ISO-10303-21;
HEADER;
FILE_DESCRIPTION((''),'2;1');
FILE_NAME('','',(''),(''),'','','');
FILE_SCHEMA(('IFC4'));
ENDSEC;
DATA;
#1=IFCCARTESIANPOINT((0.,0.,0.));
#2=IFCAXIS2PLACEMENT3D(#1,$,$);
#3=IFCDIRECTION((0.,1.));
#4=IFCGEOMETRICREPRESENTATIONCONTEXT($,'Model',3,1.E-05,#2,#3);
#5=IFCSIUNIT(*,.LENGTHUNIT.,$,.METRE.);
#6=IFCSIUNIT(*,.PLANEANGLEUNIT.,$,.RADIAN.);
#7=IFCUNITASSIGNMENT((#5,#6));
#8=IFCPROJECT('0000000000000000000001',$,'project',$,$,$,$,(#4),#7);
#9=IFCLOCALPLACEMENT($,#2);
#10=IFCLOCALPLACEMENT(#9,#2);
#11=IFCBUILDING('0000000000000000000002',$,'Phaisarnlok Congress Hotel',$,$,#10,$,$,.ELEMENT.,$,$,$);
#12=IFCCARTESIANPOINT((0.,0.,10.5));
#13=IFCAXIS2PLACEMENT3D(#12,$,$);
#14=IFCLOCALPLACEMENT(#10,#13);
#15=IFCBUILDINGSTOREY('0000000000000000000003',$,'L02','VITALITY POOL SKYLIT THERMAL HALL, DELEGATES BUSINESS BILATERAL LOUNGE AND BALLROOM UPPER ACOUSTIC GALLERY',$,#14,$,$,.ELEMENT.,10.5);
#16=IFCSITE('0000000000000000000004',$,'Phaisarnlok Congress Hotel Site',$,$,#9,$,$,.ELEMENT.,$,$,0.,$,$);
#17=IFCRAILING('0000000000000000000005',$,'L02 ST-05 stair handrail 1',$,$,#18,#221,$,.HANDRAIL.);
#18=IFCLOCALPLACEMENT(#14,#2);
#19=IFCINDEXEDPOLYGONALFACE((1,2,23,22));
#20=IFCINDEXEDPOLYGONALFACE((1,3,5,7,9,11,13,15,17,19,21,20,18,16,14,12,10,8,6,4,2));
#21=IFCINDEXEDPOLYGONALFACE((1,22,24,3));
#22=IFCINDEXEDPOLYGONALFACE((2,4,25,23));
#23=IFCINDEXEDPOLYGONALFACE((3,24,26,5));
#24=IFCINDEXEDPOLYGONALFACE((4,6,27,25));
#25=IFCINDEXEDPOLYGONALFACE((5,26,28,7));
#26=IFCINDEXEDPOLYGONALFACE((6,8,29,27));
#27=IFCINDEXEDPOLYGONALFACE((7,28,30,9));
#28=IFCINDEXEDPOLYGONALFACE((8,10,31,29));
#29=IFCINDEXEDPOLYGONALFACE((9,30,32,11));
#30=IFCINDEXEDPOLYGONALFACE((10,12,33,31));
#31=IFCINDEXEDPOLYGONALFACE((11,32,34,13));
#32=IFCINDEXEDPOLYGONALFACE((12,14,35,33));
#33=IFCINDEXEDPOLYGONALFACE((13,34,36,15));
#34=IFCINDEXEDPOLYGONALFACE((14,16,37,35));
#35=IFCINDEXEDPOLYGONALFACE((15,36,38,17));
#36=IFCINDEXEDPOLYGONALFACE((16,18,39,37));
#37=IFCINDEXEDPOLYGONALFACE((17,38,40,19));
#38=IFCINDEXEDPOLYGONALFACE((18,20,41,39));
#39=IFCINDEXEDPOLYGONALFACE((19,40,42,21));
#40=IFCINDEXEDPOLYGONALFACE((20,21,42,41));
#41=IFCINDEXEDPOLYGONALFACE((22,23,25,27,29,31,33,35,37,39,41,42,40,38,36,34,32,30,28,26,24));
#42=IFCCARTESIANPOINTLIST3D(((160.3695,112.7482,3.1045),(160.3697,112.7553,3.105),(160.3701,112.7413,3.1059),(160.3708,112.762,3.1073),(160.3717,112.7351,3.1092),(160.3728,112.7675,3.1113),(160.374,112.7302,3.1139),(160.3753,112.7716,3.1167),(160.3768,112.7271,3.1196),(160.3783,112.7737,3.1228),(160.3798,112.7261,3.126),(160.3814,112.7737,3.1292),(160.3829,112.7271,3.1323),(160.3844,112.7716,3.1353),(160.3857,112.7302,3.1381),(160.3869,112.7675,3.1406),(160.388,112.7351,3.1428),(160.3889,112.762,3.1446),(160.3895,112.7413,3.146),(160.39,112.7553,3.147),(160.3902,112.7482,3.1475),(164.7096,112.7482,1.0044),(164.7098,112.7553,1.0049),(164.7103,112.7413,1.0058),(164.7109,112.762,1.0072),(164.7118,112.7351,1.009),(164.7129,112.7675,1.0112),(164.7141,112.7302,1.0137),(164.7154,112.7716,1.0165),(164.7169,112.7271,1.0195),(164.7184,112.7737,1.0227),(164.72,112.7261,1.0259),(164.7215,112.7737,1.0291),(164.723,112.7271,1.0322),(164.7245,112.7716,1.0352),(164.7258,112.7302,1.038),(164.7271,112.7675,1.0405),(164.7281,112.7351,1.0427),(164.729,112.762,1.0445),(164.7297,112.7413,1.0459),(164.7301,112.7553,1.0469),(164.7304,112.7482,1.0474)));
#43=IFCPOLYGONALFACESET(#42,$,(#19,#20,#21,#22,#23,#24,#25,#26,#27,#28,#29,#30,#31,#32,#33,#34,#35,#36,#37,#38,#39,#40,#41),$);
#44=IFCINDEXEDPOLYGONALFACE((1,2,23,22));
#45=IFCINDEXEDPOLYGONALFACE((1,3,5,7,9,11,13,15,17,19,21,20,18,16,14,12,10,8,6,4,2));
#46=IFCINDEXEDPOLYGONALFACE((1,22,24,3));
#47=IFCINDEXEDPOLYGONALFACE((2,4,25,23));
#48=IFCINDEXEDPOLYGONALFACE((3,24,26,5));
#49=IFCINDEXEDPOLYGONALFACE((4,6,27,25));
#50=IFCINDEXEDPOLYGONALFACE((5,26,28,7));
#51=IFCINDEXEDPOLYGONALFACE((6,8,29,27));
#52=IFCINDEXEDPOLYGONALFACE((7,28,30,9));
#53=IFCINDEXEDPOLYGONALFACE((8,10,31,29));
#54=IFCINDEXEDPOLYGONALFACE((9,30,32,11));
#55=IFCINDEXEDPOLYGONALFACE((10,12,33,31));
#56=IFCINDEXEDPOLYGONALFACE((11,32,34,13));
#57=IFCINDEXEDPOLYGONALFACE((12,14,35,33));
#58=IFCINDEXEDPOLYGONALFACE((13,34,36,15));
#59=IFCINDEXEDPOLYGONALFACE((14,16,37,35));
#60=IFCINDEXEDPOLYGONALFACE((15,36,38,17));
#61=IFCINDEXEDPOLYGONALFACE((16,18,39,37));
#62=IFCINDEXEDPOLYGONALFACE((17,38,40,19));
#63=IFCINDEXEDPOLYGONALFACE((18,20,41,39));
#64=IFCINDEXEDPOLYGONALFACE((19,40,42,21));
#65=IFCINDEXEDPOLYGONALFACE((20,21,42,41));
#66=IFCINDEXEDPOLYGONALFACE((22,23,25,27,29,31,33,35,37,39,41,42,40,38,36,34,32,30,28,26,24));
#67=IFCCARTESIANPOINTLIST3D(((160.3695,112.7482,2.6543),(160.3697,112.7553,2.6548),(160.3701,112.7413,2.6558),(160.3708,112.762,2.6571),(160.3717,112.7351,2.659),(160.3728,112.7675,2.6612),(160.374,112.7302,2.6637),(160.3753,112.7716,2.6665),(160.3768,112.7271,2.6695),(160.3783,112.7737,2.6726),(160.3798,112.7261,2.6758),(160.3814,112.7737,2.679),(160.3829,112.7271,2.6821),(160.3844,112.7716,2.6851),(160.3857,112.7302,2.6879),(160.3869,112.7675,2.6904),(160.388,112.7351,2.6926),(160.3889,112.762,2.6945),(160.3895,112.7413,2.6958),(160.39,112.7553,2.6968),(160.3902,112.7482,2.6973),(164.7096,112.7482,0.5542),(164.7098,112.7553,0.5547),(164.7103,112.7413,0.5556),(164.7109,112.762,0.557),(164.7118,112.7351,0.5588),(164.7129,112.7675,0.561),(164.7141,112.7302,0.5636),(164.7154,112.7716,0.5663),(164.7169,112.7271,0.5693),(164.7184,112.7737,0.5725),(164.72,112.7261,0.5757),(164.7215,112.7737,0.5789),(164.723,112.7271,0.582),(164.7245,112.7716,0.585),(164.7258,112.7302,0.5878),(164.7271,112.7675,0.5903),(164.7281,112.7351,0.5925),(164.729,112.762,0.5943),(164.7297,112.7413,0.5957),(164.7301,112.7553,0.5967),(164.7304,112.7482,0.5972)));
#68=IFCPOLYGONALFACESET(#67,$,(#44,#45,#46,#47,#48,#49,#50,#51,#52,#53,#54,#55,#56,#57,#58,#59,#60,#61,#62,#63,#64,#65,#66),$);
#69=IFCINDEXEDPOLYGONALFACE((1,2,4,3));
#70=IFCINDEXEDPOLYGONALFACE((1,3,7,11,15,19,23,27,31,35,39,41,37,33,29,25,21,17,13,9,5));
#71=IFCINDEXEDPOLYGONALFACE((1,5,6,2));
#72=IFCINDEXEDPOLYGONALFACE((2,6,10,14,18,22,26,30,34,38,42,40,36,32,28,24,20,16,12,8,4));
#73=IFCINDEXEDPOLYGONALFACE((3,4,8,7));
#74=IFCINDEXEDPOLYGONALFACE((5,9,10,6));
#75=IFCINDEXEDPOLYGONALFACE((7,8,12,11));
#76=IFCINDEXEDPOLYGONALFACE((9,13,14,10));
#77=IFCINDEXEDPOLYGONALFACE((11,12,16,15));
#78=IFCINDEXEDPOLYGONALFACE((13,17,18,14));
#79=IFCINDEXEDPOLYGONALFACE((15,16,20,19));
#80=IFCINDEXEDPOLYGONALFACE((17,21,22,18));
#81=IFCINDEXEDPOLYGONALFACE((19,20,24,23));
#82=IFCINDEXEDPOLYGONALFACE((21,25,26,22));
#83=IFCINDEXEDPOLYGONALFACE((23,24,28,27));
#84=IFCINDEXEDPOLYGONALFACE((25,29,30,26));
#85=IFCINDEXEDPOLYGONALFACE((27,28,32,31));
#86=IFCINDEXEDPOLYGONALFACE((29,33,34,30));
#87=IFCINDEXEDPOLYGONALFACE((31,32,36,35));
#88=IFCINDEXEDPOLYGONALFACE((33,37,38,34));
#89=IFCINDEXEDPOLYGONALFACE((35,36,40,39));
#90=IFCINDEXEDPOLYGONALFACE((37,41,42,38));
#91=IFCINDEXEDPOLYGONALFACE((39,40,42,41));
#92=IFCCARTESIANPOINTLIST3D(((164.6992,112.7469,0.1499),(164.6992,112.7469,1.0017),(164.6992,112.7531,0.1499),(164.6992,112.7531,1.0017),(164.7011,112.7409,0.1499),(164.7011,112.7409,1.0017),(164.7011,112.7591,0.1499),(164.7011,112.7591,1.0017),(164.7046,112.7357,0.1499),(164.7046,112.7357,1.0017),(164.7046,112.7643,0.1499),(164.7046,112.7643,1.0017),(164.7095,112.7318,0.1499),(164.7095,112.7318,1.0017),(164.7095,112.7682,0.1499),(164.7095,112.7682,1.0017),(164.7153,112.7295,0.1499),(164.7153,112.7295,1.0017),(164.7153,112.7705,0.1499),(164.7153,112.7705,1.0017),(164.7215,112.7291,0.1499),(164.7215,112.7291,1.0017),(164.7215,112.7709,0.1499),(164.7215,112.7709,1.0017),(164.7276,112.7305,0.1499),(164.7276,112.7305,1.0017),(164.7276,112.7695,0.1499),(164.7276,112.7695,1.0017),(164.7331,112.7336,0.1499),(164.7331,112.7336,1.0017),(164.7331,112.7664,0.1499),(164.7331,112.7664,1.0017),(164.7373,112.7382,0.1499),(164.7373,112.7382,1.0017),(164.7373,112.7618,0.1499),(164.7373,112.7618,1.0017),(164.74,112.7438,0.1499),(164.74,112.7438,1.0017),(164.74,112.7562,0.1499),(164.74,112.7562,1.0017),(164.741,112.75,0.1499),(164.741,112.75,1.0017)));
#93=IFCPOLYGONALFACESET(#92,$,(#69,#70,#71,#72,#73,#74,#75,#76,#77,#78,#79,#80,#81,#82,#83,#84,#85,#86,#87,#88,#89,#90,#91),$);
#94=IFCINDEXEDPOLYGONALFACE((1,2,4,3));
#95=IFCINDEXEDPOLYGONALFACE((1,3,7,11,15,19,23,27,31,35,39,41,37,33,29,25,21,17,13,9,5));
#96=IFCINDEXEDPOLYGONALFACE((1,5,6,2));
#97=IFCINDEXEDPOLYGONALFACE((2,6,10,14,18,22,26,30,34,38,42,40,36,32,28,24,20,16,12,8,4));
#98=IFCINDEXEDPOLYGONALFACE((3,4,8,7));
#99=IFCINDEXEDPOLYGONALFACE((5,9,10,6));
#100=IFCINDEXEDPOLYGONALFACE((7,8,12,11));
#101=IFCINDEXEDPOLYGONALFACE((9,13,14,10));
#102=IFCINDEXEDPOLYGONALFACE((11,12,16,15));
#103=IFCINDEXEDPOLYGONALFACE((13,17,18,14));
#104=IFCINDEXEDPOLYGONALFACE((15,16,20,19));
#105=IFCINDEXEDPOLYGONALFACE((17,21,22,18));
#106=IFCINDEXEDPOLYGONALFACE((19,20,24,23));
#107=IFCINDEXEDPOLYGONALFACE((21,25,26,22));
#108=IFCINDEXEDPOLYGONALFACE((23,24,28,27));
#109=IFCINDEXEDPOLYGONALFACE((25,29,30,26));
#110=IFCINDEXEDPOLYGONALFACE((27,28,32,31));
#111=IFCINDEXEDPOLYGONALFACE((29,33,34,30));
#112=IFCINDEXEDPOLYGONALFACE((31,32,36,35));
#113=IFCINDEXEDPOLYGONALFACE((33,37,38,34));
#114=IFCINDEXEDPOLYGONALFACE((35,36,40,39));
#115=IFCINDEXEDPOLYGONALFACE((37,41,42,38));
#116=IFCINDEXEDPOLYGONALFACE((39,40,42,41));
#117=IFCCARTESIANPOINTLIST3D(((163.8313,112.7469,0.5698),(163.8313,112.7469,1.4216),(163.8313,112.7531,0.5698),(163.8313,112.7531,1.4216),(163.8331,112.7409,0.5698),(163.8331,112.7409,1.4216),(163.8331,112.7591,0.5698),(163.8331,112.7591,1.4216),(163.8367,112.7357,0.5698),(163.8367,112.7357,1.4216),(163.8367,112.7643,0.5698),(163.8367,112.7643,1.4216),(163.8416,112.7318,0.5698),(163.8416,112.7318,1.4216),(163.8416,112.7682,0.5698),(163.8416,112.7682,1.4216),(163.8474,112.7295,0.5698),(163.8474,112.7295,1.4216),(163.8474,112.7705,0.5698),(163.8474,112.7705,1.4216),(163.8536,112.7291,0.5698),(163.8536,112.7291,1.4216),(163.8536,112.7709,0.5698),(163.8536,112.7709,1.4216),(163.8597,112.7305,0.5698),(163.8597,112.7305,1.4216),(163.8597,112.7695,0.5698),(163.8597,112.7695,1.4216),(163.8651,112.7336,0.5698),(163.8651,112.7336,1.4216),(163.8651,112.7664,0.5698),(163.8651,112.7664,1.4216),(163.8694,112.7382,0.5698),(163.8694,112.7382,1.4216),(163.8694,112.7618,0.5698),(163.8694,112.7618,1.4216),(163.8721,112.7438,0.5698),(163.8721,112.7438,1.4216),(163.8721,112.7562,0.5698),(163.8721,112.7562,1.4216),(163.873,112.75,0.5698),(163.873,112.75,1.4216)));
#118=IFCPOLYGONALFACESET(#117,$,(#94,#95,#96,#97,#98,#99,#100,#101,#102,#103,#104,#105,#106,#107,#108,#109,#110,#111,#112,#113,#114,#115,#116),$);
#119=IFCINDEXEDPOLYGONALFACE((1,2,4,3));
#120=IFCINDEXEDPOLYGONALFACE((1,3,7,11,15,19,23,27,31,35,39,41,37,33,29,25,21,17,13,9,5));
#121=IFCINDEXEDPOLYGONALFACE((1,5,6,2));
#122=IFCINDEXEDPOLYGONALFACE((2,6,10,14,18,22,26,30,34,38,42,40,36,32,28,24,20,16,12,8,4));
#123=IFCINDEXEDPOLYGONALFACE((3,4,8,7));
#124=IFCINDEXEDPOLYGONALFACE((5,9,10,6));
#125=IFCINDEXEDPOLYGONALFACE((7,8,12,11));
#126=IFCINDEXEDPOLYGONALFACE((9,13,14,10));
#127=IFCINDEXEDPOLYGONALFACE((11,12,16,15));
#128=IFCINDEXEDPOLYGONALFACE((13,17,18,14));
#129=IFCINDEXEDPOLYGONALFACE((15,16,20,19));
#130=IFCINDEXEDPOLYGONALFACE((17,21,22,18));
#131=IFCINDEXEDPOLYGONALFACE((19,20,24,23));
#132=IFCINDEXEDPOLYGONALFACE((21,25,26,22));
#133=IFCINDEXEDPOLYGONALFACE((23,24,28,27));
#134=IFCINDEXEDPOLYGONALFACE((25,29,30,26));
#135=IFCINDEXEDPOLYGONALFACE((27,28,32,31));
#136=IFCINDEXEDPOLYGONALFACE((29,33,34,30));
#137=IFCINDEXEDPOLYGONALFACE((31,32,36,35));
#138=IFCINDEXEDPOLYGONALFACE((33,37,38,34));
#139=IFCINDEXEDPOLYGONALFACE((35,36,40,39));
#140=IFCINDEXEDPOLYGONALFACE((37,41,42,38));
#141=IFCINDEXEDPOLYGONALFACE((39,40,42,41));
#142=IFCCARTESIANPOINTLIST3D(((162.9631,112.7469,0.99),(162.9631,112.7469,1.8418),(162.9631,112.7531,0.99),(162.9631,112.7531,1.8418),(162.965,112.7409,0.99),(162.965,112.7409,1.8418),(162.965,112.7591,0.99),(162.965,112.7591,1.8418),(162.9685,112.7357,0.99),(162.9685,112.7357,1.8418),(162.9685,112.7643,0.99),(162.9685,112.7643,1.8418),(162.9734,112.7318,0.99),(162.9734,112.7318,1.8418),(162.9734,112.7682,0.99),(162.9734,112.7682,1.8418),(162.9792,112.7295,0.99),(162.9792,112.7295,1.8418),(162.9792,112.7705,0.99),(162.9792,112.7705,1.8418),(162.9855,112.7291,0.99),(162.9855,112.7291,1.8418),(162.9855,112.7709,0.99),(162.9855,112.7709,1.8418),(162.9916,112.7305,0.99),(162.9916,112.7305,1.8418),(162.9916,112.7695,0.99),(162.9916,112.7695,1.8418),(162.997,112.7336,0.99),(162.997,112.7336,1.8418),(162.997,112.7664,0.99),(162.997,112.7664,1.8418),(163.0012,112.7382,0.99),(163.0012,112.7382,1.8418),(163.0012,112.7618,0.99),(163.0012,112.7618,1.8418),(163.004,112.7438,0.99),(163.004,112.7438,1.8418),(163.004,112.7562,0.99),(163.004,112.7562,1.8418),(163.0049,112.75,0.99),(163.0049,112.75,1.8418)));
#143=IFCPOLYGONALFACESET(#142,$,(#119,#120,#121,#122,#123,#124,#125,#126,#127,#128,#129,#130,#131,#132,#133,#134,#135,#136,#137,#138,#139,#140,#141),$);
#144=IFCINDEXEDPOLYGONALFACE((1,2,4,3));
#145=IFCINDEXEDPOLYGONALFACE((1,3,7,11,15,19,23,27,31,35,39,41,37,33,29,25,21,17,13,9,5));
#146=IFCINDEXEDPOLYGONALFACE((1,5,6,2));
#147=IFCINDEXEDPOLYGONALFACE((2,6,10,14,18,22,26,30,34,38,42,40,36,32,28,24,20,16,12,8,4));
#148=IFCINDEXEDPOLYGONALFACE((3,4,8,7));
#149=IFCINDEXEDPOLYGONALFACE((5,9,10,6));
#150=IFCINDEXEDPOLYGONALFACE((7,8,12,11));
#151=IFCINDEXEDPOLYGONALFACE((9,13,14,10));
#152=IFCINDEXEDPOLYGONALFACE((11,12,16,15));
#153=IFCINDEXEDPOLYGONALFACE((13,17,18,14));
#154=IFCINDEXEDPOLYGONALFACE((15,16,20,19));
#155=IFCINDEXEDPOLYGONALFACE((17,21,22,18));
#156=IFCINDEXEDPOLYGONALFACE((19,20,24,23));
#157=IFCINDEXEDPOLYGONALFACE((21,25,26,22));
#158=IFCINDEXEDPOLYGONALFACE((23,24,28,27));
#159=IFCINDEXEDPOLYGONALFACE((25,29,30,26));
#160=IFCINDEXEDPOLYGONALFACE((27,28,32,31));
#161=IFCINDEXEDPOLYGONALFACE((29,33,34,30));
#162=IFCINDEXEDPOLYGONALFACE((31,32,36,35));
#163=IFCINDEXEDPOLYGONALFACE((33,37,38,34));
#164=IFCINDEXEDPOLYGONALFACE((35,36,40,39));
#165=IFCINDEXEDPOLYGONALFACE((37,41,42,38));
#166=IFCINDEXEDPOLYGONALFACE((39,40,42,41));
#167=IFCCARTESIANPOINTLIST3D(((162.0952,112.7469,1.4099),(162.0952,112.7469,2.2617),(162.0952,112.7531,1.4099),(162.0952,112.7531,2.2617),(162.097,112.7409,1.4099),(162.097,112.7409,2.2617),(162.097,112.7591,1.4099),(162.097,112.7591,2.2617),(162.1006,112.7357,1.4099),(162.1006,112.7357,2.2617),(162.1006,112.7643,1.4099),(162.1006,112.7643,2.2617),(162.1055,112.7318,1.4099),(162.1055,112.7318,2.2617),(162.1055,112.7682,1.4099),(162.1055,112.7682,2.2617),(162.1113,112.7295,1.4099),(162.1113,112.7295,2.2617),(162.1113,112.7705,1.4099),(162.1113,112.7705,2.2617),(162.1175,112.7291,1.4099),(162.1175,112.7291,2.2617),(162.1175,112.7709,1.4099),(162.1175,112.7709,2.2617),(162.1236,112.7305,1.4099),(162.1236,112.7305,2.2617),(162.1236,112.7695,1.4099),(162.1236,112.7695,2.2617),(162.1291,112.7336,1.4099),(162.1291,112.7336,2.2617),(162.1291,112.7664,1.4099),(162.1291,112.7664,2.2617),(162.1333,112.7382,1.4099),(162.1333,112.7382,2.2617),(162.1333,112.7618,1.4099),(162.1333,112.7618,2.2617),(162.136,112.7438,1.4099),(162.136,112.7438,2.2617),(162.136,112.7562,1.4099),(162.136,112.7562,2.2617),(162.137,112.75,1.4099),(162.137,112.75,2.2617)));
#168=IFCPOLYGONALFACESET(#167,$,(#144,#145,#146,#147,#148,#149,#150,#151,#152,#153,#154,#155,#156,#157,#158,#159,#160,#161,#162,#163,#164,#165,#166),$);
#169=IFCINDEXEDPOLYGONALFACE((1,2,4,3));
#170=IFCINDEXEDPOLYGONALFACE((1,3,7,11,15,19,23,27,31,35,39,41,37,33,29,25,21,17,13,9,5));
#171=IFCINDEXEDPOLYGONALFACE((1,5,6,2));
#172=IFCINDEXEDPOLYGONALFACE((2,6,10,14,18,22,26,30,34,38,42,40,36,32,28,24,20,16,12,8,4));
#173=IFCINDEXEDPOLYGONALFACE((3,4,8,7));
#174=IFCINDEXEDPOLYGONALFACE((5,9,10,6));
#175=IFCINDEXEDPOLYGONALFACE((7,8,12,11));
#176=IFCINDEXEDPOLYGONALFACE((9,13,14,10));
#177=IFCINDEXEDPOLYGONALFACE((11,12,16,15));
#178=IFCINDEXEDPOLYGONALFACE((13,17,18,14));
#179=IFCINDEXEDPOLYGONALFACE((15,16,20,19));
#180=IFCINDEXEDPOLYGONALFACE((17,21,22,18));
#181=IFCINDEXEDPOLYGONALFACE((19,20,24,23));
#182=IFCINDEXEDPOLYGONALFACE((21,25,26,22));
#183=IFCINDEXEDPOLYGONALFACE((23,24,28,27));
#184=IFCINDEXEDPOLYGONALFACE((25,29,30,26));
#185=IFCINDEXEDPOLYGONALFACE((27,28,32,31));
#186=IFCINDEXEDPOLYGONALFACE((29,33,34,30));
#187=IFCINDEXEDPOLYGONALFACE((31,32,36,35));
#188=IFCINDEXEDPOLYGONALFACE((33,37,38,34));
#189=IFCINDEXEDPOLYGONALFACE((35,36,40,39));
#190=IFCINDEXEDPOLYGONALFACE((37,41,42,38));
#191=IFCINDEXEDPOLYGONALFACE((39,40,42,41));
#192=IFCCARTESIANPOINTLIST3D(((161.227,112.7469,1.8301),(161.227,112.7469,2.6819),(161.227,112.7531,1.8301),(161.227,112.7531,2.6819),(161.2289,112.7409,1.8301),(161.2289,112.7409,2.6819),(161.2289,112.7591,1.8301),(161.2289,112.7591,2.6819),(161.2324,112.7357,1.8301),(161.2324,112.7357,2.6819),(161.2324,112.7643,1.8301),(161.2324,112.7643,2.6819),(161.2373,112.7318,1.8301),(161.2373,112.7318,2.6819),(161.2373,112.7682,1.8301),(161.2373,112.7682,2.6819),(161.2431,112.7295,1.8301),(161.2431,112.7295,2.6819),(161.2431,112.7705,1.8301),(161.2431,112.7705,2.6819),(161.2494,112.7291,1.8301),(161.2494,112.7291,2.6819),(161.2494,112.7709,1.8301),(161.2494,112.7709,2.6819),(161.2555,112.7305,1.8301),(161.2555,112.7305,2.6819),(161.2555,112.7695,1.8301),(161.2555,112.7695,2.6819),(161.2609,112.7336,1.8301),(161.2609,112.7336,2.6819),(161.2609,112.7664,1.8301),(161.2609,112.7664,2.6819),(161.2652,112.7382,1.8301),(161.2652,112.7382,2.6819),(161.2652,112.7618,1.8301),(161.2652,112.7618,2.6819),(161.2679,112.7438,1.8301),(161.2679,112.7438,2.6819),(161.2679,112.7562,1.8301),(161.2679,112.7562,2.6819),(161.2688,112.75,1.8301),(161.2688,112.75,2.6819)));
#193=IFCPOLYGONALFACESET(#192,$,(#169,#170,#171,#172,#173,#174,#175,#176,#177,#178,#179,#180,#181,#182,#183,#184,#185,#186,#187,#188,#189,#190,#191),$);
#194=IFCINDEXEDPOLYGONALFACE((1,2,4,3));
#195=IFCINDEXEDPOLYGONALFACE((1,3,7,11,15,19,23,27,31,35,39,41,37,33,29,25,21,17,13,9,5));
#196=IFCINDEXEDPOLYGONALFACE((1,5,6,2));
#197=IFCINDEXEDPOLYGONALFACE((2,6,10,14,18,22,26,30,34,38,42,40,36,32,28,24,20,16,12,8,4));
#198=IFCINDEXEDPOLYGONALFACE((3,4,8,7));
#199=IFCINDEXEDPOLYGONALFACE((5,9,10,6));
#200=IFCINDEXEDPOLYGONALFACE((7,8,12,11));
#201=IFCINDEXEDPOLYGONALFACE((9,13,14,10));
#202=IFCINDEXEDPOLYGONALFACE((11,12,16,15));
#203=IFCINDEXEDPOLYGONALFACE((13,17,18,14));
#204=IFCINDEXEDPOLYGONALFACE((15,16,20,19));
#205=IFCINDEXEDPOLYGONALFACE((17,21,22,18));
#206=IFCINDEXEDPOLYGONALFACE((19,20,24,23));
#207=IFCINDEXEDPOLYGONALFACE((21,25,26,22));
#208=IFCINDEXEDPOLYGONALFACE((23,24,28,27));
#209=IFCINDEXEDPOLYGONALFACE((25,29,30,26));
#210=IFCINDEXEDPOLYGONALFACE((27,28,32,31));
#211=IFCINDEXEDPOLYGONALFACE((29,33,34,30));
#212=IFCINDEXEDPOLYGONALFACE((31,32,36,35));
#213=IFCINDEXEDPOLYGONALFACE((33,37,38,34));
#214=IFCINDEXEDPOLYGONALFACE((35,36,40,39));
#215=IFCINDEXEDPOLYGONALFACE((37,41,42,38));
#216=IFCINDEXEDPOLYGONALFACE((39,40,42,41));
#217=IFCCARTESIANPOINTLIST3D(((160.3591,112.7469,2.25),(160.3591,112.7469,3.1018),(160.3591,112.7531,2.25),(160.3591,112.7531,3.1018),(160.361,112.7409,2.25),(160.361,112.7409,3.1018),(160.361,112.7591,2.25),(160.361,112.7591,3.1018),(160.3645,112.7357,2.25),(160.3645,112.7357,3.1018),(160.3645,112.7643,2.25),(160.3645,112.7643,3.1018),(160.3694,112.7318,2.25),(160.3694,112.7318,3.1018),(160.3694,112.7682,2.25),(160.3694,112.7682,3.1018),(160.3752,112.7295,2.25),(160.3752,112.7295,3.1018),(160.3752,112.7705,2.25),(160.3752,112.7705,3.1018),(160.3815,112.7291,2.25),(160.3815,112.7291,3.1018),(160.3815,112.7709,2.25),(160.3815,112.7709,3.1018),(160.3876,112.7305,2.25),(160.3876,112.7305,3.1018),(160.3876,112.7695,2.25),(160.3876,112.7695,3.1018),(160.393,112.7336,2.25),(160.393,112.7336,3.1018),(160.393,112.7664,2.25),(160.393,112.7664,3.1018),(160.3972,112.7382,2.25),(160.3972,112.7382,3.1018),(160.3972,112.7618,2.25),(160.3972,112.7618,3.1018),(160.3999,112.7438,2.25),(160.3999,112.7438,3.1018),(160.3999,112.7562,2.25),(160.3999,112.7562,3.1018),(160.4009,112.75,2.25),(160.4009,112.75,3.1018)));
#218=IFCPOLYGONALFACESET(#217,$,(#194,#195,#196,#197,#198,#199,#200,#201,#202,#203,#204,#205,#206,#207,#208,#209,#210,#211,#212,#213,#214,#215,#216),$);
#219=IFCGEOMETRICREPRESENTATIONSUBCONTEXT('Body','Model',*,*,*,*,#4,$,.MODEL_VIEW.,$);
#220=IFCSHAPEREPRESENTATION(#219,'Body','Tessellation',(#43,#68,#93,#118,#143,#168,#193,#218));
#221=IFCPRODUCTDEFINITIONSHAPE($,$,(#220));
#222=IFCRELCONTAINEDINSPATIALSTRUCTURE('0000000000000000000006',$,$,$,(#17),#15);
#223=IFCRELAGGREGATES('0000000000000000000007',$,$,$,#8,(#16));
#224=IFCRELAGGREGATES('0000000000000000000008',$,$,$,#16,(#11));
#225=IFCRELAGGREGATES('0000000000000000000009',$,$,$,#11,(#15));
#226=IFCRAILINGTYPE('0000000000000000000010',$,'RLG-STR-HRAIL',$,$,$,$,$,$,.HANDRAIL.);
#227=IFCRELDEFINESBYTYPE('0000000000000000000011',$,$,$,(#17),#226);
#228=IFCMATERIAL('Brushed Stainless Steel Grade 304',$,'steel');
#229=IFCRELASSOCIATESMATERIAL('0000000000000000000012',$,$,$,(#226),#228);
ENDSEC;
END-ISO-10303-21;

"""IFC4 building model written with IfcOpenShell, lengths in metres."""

from ifc_helpers import new_model, si_unit, direction, frame, origin, origin_2d, place, context, subcontext, project, spatial, circle, extrude, material, type_object, element, save


model = new_model("IFC4")

# Units and contexts
model_context = context("Model", 3, precision=1e-05, world=origin(), true_north=direction((0.0, 1.0)))
body_context = subcontext(model_context, "Body", "Model", "MODEL_VIEW")
ifc_project = project(units=[si_unit("LENGTHUNIT", "METRE"), si_unit("PLANEANGLEUNIT", "RADIAN")], contexts=[model_context])

# Site, building, storey
site_placement = place(None, origin())
site = spatial("IfcSite", under=ifc_project, at=site_placement, Name="Phaisarnlok Congress Hotel Site", CompositionType="ELEMENT", RefElevation=0.0)
building_placement = place(site_placement, origin())
building = spatial("IfcBuilding", under=site, at=building_placement, Name="Phaisarnlok Congress Hotel", CompositionType="ELEMENT")
storey_placement = place(building_placement, frame((0.0, 0.0, 10.5)))
storey = spatial("IfcBuildingStorey", under=building, at=storey_placement, Name="L02", Description="VITALITY POOL SKYLIT THERMAL HALL, DELEGATES BUSINESS BILATERAL LOUNGE AND BALLROOM UPPER ACOUSTIC GALLERY", CompositionType="ELEMENT", Elevation=10.5)

# Railing
ifc_material_1 = material(Name="Brushed Stainless Steel Grade 304", Category="steel")
railing_type_1 = type_object("IfcRailingType", Name="RLG-STR-HRAIL", PredefinedType="HANDRAIL", material=ifc_material_1)
railing_1_placement = place(storey_placement, frame((164.72, 112.75, 0.1499)))
element("IfcRailing", 1, at=railing_1_placement, inside=storey, type_object=railing_type_1, Name="L02 ST-05 stair handrail 1", PredefinedType="HANDRAIL", context=body_context, shape_type="SweptSolid", body=[
    extrude(circle(Radius=0.0239, at=origin_2d()), frame((0.0, 0.0, 0.876), z_axis=(-0.900155, 0.0, 0.43557), x_axis=(0.0, -1.0, 0.0)), (0.0, 0.0, 1.0), 4.8215),
    extrude(circle(Radius=0.0239, at=origin_2d()), frame((0.0, 0.0, 0.4258), z_axis=(-0.900155, 0.0, 0.43557), x_axis=(0.0, -1.0, 0.0)), (0.0, 0.0, 1.0), 4.8215),
    extrude(circle(Radius=0.021, at=origin_2d()), origin(), (0.0, 0.0, 1.0), 0.8518),
    extrude(circle(Radius=0.021, at=origin_2d()), frame((-0.8679, 0.0, 0.4199)), (0.0, 0.0, 1.0), 0.8518),
    extrude(circle(Radius=0.021, at=origin_2d()), frame((-1.7361, 0.0, 0.8401)), (0.0, 0.0, 1.0), 0.8518),
    extrude(circle(Radius=0.021, at=origin_2d()), frame((-2.604, 0.0, 1.26)), (0.0, 0.0, 1.0), 0.8518),
    extrude(circle(Radius=0.021, at=origin_2d()), frame((-3.4722, 0.0, 1.6802)), (0.0, 0.0, 1.0), 0.8518),
    extrude(circle(Radius=0.021, at=origin_2d()), frame((-4.3401, 0.0, 2.1001)), (0.0, 0.0, 1.0), 0.8518),
])

save(model, "model.ifc")
